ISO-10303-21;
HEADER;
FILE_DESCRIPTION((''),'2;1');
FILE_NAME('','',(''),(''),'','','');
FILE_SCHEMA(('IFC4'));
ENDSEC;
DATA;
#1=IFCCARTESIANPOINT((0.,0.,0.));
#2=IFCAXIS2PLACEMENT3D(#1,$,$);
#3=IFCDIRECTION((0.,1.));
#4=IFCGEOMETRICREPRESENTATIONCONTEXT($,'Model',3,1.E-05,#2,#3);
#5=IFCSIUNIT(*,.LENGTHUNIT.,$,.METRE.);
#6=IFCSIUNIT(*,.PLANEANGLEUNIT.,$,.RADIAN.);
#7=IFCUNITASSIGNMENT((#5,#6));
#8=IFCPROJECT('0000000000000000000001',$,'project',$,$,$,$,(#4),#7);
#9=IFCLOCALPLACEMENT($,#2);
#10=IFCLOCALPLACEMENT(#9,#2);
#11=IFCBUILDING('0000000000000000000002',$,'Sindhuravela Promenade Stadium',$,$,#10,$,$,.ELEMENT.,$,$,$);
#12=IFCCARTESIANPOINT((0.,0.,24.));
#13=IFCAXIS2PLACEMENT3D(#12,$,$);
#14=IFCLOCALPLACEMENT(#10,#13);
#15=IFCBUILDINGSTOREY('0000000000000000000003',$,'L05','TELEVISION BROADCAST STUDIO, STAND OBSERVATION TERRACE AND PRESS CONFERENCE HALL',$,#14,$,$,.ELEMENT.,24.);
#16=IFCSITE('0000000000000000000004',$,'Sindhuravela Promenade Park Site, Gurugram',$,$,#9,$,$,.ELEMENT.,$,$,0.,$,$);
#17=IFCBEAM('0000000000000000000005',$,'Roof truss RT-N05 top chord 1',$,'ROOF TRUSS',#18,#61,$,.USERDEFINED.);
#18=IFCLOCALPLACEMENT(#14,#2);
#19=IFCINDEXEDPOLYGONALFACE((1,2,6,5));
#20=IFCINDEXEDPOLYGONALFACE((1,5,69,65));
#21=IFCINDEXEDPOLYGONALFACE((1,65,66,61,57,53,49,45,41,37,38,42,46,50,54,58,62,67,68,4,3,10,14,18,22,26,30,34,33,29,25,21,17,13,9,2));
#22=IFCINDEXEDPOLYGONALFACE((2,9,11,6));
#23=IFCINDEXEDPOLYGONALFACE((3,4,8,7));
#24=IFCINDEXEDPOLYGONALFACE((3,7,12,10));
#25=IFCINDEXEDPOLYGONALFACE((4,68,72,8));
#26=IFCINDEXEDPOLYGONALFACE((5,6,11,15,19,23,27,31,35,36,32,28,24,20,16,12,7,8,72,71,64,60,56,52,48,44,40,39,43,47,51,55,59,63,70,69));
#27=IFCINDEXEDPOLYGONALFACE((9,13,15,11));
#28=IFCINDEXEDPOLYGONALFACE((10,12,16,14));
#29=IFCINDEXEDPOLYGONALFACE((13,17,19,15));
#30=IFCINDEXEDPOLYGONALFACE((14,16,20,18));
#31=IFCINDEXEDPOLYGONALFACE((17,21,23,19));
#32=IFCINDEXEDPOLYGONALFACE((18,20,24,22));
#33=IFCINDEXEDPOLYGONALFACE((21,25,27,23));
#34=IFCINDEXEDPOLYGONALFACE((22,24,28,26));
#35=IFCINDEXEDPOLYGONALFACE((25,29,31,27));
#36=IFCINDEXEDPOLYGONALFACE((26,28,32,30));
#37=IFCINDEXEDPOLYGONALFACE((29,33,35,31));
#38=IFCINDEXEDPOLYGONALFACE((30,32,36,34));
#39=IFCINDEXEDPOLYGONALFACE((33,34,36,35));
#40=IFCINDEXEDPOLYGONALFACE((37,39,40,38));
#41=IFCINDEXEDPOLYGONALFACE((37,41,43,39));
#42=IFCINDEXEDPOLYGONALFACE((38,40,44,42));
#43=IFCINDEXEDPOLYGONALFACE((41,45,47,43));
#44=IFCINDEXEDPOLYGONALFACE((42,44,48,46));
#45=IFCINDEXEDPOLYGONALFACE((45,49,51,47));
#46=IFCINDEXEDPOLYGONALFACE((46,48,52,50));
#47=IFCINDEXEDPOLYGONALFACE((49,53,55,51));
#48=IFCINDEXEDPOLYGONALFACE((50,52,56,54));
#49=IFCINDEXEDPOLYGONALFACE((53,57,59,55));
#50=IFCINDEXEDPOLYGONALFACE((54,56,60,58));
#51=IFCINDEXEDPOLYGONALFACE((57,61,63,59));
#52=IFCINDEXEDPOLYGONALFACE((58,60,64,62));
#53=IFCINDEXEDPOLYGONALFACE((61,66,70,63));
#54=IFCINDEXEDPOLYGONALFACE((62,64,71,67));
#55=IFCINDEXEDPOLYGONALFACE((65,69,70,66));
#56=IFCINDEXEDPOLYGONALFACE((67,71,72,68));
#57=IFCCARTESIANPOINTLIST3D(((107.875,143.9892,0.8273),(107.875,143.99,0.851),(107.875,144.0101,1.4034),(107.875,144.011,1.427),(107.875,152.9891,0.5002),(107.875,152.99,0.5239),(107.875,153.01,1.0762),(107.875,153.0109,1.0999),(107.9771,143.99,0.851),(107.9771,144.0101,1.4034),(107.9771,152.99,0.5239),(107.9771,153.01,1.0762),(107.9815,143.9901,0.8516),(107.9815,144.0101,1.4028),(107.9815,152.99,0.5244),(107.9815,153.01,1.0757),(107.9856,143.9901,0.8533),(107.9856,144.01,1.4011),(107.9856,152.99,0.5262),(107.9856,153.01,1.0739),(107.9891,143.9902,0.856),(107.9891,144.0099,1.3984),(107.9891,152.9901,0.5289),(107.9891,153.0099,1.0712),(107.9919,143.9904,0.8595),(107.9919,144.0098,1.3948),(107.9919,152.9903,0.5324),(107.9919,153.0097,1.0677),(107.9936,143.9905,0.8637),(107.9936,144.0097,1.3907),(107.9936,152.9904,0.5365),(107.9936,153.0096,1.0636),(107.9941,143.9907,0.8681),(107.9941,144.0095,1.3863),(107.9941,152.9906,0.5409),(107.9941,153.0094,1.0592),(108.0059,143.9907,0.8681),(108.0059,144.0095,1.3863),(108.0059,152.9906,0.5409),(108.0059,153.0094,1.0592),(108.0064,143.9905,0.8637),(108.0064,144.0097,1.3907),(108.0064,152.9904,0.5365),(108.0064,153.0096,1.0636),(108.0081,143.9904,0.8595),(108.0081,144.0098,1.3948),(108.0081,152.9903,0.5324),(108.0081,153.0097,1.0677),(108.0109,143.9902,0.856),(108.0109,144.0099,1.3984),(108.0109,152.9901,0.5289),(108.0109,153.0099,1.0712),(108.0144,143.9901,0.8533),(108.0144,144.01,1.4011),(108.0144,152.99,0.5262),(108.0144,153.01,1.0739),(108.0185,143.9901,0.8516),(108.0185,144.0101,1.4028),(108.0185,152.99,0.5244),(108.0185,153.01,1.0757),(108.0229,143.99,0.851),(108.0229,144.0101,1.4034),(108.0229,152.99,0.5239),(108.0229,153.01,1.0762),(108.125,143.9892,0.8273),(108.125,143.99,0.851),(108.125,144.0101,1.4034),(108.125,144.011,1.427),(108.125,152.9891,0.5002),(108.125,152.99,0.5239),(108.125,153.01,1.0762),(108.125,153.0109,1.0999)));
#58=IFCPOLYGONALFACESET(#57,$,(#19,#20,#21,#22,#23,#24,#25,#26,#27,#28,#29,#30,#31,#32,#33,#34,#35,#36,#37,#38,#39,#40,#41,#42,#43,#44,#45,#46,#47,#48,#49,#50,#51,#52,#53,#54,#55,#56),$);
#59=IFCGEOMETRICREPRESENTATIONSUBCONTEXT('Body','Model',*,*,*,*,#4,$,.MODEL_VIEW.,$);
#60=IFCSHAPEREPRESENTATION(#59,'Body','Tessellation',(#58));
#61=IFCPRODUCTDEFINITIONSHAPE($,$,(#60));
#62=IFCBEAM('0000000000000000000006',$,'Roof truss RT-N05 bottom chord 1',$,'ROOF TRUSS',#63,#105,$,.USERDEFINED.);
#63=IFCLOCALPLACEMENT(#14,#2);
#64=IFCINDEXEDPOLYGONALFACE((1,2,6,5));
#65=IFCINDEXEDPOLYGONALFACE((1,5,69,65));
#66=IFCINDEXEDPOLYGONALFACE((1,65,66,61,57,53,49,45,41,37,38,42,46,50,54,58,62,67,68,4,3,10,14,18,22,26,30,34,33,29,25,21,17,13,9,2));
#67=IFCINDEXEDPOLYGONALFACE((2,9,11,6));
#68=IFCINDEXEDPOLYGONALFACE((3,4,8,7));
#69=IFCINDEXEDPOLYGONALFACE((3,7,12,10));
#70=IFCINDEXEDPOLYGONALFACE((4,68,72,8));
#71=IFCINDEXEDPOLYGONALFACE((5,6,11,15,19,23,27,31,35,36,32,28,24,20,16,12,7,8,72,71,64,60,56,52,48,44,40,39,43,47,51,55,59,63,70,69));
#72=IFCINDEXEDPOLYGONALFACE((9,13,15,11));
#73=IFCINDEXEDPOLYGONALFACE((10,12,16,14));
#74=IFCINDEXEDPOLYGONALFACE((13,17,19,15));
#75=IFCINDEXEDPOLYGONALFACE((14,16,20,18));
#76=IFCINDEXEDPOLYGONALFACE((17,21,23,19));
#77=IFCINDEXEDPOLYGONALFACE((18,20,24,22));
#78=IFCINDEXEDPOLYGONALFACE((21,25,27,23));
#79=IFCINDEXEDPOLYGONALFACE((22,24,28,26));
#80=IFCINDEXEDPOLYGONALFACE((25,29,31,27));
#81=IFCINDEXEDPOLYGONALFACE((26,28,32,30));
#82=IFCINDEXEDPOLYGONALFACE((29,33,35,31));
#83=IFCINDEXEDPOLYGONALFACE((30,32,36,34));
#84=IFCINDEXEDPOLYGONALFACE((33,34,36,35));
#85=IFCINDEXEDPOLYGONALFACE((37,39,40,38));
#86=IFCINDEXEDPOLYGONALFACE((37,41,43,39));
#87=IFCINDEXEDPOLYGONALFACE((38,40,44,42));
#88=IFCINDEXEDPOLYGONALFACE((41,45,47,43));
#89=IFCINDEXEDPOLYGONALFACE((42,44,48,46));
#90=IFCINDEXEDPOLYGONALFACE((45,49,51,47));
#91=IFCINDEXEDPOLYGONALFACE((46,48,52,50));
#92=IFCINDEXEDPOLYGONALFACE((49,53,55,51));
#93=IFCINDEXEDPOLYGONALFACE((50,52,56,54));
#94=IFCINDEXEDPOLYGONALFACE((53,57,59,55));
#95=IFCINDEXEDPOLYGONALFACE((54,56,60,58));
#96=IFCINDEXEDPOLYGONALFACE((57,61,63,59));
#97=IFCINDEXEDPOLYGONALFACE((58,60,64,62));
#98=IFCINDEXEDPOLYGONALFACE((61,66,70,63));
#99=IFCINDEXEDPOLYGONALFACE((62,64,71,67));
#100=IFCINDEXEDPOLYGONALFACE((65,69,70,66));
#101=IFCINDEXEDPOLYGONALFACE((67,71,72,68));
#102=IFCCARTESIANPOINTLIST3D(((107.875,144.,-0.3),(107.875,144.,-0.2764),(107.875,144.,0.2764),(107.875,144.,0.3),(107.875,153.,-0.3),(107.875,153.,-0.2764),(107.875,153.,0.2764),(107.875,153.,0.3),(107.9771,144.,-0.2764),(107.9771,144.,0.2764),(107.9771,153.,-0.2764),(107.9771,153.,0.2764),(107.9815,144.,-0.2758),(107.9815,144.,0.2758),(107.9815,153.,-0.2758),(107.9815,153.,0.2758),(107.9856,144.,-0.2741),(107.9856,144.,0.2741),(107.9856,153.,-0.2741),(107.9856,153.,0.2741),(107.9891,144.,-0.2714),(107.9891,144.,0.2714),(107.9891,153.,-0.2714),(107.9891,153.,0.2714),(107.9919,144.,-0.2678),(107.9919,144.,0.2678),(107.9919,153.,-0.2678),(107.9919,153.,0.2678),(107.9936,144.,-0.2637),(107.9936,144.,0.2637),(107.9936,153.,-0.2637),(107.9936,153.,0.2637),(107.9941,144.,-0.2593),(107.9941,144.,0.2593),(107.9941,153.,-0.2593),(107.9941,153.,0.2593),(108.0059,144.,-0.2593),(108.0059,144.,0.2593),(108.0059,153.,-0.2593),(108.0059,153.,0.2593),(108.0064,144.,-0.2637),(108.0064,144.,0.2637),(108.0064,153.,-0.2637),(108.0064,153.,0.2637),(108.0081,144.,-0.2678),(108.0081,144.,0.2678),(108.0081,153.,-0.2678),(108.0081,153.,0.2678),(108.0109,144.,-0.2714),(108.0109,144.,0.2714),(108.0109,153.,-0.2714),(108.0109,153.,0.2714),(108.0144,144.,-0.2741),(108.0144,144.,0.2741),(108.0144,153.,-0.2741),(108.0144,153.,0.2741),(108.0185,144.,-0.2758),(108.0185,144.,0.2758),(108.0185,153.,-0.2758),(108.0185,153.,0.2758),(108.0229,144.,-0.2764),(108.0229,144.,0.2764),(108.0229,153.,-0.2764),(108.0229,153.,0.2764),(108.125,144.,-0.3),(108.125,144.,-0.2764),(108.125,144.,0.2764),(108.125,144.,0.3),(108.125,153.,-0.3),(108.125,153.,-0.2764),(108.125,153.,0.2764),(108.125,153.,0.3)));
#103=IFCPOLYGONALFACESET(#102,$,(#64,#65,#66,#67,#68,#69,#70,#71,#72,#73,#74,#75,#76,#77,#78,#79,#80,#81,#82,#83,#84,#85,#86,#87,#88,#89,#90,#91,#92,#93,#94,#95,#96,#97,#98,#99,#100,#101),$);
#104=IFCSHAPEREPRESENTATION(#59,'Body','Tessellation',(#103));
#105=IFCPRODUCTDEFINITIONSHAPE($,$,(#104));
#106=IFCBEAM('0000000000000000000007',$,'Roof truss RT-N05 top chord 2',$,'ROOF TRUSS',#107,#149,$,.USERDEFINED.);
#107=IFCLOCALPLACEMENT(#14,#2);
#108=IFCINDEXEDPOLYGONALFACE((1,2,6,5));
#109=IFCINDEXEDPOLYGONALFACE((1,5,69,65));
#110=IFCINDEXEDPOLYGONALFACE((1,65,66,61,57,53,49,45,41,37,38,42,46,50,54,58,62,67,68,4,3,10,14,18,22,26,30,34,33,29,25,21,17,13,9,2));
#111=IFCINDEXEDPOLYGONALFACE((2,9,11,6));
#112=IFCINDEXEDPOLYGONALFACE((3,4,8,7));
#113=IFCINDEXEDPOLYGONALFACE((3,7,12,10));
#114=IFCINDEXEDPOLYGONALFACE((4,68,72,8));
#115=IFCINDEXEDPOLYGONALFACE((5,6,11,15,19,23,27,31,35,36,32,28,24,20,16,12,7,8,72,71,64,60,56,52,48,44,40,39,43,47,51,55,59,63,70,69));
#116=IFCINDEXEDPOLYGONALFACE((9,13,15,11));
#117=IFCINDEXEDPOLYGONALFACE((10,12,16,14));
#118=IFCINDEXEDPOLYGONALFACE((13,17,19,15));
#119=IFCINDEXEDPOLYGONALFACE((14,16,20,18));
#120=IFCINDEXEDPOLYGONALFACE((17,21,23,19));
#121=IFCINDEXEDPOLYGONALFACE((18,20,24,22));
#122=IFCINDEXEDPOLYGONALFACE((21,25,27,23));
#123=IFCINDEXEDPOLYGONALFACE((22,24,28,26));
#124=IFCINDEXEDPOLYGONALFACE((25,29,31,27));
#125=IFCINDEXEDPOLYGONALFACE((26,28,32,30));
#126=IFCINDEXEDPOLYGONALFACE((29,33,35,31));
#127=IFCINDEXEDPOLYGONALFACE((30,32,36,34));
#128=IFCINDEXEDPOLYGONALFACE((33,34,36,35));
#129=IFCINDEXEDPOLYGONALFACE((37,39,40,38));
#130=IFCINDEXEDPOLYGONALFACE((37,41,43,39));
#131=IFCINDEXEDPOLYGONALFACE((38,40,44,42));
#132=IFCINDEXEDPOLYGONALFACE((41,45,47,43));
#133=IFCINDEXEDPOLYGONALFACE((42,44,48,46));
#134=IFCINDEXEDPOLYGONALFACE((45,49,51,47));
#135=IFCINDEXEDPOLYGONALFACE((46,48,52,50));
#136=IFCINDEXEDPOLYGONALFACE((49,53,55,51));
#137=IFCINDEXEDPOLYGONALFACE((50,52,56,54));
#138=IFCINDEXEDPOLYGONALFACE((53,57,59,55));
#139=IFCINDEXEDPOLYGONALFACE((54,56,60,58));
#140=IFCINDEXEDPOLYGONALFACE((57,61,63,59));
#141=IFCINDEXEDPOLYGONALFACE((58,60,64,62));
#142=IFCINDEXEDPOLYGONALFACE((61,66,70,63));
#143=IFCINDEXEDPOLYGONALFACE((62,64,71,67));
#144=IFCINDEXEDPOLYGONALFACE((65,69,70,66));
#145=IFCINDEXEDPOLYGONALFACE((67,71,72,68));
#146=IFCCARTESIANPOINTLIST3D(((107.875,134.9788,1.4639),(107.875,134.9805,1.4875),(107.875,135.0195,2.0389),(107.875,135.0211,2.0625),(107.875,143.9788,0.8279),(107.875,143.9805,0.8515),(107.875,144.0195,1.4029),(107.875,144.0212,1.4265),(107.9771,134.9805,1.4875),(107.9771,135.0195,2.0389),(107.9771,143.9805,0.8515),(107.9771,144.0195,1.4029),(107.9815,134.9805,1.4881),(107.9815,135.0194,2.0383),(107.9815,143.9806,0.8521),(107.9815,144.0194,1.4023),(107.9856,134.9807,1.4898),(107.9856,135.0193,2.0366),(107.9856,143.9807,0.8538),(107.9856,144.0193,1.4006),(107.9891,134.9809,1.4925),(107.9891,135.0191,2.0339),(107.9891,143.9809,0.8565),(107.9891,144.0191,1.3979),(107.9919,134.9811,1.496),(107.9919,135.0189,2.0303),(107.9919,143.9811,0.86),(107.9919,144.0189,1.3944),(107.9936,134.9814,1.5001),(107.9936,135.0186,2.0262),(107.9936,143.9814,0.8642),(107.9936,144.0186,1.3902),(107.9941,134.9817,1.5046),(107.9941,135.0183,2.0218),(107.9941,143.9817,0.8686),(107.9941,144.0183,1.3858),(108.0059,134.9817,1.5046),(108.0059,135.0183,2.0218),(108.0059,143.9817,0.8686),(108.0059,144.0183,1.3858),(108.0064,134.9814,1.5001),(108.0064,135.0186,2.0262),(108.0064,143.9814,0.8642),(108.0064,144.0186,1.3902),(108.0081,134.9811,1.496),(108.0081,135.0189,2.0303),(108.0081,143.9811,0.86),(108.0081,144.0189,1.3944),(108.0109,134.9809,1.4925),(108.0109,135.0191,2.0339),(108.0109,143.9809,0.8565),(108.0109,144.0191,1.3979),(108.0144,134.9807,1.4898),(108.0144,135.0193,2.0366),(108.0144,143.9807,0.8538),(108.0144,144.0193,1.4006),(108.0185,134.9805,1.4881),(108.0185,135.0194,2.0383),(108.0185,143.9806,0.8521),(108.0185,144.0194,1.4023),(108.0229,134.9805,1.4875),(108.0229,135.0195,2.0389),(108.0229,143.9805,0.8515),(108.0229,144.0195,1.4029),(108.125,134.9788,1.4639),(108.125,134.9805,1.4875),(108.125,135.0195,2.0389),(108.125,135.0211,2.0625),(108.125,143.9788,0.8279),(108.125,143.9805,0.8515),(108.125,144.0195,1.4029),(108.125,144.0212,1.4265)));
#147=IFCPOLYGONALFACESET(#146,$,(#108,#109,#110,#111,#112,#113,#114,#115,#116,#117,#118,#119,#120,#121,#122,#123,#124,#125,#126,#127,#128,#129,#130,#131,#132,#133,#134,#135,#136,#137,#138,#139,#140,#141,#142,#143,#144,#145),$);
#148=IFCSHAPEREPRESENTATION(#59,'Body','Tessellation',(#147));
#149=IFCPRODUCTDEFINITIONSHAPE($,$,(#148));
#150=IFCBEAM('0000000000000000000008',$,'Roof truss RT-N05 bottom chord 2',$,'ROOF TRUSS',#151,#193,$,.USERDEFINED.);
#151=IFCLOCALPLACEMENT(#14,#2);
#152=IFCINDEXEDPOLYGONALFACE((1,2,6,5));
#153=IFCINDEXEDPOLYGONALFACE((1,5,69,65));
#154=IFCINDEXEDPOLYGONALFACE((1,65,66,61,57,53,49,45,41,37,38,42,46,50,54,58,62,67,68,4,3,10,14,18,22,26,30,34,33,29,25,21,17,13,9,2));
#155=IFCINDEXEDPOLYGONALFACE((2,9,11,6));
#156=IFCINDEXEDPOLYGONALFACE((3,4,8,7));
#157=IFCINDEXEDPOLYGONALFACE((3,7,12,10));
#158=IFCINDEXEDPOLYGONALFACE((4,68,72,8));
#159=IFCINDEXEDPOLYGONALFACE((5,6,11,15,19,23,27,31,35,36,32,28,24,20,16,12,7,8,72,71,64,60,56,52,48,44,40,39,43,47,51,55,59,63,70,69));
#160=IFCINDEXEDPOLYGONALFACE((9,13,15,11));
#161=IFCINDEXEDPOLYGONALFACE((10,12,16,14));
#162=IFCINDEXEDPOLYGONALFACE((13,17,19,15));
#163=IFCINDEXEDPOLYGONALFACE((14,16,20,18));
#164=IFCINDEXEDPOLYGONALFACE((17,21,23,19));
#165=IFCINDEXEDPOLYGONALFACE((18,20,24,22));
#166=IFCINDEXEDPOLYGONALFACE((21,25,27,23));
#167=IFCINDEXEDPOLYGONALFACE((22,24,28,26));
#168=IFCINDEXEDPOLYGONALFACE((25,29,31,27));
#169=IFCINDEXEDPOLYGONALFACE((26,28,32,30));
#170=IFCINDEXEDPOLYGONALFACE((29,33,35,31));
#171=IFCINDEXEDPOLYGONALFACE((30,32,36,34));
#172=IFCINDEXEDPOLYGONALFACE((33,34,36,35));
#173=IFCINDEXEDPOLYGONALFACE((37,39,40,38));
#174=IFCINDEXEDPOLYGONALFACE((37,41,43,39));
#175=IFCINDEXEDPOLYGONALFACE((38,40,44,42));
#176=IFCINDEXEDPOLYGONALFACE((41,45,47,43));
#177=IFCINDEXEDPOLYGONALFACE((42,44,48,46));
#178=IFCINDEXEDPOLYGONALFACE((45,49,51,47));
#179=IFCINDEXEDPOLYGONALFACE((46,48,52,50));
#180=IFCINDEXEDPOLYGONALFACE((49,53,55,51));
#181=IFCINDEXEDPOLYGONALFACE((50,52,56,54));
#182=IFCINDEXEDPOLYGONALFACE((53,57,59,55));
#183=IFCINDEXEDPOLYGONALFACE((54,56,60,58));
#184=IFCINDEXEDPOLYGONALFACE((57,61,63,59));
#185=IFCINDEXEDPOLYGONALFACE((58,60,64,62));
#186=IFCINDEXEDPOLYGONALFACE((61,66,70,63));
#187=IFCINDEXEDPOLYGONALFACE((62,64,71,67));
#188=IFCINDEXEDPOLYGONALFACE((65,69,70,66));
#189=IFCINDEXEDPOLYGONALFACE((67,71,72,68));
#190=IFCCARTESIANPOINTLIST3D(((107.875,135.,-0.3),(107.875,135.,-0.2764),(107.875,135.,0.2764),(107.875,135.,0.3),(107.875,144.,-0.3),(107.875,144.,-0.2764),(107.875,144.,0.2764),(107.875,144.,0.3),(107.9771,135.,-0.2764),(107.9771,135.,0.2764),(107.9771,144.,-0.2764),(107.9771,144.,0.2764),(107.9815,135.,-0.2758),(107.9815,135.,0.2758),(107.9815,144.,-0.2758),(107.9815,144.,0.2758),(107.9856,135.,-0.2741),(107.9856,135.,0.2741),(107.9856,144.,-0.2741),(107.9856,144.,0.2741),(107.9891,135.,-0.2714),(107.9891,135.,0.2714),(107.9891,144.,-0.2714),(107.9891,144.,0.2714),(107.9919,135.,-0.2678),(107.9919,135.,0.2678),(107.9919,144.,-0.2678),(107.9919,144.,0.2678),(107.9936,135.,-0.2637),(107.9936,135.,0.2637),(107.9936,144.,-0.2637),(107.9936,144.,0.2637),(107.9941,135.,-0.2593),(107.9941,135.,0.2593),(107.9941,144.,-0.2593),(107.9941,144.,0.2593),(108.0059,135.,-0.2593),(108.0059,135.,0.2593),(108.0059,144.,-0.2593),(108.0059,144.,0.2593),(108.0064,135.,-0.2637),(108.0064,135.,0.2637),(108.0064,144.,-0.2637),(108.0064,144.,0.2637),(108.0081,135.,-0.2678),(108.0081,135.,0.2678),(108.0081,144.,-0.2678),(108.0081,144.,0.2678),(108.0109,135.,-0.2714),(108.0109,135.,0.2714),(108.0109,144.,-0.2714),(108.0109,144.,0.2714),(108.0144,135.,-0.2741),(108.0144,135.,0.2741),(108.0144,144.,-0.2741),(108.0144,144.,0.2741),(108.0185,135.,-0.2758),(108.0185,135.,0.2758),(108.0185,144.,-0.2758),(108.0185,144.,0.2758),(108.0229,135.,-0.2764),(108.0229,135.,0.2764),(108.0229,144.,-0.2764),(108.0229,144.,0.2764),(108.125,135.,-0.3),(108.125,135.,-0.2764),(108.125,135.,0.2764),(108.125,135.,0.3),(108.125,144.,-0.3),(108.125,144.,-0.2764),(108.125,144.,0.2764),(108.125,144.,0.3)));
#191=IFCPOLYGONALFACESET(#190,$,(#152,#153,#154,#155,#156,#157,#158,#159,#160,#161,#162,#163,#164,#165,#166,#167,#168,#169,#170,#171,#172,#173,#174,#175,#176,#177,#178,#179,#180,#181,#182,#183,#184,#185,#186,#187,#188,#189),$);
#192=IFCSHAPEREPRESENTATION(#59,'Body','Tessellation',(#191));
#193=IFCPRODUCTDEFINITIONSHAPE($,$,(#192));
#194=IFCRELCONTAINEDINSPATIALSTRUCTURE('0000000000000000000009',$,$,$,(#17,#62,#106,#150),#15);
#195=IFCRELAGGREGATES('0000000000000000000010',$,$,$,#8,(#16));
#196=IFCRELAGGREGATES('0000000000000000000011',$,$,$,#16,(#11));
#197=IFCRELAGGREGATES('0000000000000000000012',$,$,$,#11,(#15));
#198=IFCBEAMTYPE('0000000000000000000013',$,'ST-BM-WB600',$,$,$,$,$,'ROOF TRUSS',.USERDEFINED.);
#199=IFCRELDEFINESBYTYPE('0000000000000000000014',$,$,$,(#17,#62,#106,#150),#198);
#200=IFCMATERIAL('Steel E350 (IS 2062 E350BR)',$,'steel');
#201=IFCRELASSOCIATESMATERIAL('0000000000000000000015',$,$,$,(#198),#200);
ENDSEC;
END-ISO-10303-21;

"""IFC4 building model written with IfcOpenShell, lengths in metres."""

from ifc_helpers import new_model, si_unit, direction, frame, origin, origin_2d, place, context, subcontext, project, spatial, i_section, extrude, material, material_profile, profile_set, type_object, element, save


model = new_model("IFC4")

# Units and contexts
model_context = context("Model", 3, precision=1e-05, world=origin(), true_north=direction((0.0, 1.0)))
body_context = subcontext(model_context, "Body", "Model", "MODEL_VIEW")
ifc_project = project(units=[si_unit("LENGTHUNIT", "METRE"), si_unit("PLANEANGLEUNIT", "RADIAN")], contexts=[model_context])

# Site, building, storey
site_placement = place(None, origin())
site = spatial("IfcSite", under=ifc_project, at=site_placement, Name="Sindhuravela Promenade Park Site, Gurugram", CompositionType="ELEMENT", RefElevation=0.0)
building_placement = place(site_placement, origin())
building = spatial("IfcBuilding", under=site, at=building_placement, Name="Sindhuravela Promenade Stadium", CompositionType="ELEMENT")
storey_placement = place(building_placement, frame((0.0, 0.0, 24.0)))
storey = spatial("IfcBuildingStorey", under=building, at=storey_placement, Name="L05", Description="TELEVISION BROADCAST STUDIO, STAND OBSERVATION TERRACE AND PRESS CONFERENCE HALL", CompositionType="ELEMENT", Elevation=24.0)

# Beams
ifc_material_1 = material(Name="Steel E350 (IS 2062 E350BR)", Category="steel")
ifc_material_profile_1 = material_profile(ifc_material_1, i_section(OverallWidth=0.25, OverallDepth=0.6001, WebThickness=0.0117, FlangeThickness=0.0237, FilletRadius=0.0171, at=origin_2d()), Name="ISWB 600")
ifc_profile_set_1 = profile_set([ifc_material_profile_1], Name="Steel E350 (IS 2062 E350BR)")
beam_type = type_object("IfcBeamType", Name="ST-BM-WB600", ElementType="ROOF TRUSS", PredefinedType="USERDEFINED", material=ifc_profile_set_1)
beam_1_placement = place(storey_placement, frame((108.0, 153.0, 0.8), z_axis=(0.0, -0.99934, 0.036326), x_axis=(1.0, 0.0, 0.0)))
element("IfcBeam", 1, at=beam_1_placement, inside=storey, type_object=beam_type, Name="Roof truss RT-N05 top chord 1", ObjectType="ROOF TRUSS", PredefinedType="USERDEFINED", context=body_context, shape_type="SweptSolid", body=[
    extrude(i_section(OverallWidth=0.25, OverallDepth=0.6001, WebThickness=0.0117, FlangeThickness=0.0237, FilletRadius=0.0171, at=origin_2d()), origin(), (0.0, 0.0, 1.0), 9.0059),
])
beam_2_placement = place(storey_placement, frame((108.0, 153.0, 0.0), z_axis=(0.0, -1.0, 0.0), x_axis=(1.0, 0.0, 0.0)))
element("IfcBeam", 2, at=beam_2_placement, inside=storey, type_object=beam_type, Name="Roof truss RT-N05 bottom chord 1", ObjectType="ROOF TRUSS", PredefinedType="USERDEFINED", context=body_context, shape_type="SweptSolid", body=[
    extrude(i_section(OverallWidth=0.25, OverallDepth=0.6001, WebThickness=0.0117, FlangeThickness=0.0237, FilletRadius=0.0171, at=origin_2d()), origin(), (0.0, 0.0, 1.0), 9.0),
])
beam_3_placement = place(storey_placement, frame((108.0, 144.0, 1.1272), z_axis=(0.0, -0.997513, 0.070489), x_axis=(1.0, 0.0, 0.0)))
element("IfcBeam", 3, at=beam_3_placement, inside=storey, type_object=beam_type, Name="Roof truss RT-N05 top chord 2", ObjectType="ROOF TRUSS", PredefinedType="USERDEFINED", context=body_context, shape_type="SweptSolid", body=[
    extrude(i_section(OverallWidth=0.25, OverallDepth=0.6001, WebThickness=0.0117, FlangeThickness=0.0237, FilletRadius=0.0171, at=origin_2d()), origin(), (0.0, 0.0, 1.0), 9.0225),
])
beam_4_placement = place(storey_placement, frame((108.0, 144.0, 0.0), z_axis=(0.0, -1.0, 0.0), x_axis=(1.0, 0.0, 0.0)))
element("IfcBeam", 4, at=beam_4_placement, inside=storey, type_object=beam_type, Name="Roof truss RT-N05 bottom chord 2", ObjectType="ROOF TRUSS", PredefinedType="USERDEFINED", context=body_context, shape_type="SweptSolid", body=[
    extrude(i_section(OverallWidth=0.25, OverallDepth=0.6001, WebThickness=0.0117, FlangeThickness=0.0237, FilletRadius=0.0171, at=origin_2d()), origin(), (0.0, 0.0, 1.0), 9.0),
])

save(model, "model.ifc")
